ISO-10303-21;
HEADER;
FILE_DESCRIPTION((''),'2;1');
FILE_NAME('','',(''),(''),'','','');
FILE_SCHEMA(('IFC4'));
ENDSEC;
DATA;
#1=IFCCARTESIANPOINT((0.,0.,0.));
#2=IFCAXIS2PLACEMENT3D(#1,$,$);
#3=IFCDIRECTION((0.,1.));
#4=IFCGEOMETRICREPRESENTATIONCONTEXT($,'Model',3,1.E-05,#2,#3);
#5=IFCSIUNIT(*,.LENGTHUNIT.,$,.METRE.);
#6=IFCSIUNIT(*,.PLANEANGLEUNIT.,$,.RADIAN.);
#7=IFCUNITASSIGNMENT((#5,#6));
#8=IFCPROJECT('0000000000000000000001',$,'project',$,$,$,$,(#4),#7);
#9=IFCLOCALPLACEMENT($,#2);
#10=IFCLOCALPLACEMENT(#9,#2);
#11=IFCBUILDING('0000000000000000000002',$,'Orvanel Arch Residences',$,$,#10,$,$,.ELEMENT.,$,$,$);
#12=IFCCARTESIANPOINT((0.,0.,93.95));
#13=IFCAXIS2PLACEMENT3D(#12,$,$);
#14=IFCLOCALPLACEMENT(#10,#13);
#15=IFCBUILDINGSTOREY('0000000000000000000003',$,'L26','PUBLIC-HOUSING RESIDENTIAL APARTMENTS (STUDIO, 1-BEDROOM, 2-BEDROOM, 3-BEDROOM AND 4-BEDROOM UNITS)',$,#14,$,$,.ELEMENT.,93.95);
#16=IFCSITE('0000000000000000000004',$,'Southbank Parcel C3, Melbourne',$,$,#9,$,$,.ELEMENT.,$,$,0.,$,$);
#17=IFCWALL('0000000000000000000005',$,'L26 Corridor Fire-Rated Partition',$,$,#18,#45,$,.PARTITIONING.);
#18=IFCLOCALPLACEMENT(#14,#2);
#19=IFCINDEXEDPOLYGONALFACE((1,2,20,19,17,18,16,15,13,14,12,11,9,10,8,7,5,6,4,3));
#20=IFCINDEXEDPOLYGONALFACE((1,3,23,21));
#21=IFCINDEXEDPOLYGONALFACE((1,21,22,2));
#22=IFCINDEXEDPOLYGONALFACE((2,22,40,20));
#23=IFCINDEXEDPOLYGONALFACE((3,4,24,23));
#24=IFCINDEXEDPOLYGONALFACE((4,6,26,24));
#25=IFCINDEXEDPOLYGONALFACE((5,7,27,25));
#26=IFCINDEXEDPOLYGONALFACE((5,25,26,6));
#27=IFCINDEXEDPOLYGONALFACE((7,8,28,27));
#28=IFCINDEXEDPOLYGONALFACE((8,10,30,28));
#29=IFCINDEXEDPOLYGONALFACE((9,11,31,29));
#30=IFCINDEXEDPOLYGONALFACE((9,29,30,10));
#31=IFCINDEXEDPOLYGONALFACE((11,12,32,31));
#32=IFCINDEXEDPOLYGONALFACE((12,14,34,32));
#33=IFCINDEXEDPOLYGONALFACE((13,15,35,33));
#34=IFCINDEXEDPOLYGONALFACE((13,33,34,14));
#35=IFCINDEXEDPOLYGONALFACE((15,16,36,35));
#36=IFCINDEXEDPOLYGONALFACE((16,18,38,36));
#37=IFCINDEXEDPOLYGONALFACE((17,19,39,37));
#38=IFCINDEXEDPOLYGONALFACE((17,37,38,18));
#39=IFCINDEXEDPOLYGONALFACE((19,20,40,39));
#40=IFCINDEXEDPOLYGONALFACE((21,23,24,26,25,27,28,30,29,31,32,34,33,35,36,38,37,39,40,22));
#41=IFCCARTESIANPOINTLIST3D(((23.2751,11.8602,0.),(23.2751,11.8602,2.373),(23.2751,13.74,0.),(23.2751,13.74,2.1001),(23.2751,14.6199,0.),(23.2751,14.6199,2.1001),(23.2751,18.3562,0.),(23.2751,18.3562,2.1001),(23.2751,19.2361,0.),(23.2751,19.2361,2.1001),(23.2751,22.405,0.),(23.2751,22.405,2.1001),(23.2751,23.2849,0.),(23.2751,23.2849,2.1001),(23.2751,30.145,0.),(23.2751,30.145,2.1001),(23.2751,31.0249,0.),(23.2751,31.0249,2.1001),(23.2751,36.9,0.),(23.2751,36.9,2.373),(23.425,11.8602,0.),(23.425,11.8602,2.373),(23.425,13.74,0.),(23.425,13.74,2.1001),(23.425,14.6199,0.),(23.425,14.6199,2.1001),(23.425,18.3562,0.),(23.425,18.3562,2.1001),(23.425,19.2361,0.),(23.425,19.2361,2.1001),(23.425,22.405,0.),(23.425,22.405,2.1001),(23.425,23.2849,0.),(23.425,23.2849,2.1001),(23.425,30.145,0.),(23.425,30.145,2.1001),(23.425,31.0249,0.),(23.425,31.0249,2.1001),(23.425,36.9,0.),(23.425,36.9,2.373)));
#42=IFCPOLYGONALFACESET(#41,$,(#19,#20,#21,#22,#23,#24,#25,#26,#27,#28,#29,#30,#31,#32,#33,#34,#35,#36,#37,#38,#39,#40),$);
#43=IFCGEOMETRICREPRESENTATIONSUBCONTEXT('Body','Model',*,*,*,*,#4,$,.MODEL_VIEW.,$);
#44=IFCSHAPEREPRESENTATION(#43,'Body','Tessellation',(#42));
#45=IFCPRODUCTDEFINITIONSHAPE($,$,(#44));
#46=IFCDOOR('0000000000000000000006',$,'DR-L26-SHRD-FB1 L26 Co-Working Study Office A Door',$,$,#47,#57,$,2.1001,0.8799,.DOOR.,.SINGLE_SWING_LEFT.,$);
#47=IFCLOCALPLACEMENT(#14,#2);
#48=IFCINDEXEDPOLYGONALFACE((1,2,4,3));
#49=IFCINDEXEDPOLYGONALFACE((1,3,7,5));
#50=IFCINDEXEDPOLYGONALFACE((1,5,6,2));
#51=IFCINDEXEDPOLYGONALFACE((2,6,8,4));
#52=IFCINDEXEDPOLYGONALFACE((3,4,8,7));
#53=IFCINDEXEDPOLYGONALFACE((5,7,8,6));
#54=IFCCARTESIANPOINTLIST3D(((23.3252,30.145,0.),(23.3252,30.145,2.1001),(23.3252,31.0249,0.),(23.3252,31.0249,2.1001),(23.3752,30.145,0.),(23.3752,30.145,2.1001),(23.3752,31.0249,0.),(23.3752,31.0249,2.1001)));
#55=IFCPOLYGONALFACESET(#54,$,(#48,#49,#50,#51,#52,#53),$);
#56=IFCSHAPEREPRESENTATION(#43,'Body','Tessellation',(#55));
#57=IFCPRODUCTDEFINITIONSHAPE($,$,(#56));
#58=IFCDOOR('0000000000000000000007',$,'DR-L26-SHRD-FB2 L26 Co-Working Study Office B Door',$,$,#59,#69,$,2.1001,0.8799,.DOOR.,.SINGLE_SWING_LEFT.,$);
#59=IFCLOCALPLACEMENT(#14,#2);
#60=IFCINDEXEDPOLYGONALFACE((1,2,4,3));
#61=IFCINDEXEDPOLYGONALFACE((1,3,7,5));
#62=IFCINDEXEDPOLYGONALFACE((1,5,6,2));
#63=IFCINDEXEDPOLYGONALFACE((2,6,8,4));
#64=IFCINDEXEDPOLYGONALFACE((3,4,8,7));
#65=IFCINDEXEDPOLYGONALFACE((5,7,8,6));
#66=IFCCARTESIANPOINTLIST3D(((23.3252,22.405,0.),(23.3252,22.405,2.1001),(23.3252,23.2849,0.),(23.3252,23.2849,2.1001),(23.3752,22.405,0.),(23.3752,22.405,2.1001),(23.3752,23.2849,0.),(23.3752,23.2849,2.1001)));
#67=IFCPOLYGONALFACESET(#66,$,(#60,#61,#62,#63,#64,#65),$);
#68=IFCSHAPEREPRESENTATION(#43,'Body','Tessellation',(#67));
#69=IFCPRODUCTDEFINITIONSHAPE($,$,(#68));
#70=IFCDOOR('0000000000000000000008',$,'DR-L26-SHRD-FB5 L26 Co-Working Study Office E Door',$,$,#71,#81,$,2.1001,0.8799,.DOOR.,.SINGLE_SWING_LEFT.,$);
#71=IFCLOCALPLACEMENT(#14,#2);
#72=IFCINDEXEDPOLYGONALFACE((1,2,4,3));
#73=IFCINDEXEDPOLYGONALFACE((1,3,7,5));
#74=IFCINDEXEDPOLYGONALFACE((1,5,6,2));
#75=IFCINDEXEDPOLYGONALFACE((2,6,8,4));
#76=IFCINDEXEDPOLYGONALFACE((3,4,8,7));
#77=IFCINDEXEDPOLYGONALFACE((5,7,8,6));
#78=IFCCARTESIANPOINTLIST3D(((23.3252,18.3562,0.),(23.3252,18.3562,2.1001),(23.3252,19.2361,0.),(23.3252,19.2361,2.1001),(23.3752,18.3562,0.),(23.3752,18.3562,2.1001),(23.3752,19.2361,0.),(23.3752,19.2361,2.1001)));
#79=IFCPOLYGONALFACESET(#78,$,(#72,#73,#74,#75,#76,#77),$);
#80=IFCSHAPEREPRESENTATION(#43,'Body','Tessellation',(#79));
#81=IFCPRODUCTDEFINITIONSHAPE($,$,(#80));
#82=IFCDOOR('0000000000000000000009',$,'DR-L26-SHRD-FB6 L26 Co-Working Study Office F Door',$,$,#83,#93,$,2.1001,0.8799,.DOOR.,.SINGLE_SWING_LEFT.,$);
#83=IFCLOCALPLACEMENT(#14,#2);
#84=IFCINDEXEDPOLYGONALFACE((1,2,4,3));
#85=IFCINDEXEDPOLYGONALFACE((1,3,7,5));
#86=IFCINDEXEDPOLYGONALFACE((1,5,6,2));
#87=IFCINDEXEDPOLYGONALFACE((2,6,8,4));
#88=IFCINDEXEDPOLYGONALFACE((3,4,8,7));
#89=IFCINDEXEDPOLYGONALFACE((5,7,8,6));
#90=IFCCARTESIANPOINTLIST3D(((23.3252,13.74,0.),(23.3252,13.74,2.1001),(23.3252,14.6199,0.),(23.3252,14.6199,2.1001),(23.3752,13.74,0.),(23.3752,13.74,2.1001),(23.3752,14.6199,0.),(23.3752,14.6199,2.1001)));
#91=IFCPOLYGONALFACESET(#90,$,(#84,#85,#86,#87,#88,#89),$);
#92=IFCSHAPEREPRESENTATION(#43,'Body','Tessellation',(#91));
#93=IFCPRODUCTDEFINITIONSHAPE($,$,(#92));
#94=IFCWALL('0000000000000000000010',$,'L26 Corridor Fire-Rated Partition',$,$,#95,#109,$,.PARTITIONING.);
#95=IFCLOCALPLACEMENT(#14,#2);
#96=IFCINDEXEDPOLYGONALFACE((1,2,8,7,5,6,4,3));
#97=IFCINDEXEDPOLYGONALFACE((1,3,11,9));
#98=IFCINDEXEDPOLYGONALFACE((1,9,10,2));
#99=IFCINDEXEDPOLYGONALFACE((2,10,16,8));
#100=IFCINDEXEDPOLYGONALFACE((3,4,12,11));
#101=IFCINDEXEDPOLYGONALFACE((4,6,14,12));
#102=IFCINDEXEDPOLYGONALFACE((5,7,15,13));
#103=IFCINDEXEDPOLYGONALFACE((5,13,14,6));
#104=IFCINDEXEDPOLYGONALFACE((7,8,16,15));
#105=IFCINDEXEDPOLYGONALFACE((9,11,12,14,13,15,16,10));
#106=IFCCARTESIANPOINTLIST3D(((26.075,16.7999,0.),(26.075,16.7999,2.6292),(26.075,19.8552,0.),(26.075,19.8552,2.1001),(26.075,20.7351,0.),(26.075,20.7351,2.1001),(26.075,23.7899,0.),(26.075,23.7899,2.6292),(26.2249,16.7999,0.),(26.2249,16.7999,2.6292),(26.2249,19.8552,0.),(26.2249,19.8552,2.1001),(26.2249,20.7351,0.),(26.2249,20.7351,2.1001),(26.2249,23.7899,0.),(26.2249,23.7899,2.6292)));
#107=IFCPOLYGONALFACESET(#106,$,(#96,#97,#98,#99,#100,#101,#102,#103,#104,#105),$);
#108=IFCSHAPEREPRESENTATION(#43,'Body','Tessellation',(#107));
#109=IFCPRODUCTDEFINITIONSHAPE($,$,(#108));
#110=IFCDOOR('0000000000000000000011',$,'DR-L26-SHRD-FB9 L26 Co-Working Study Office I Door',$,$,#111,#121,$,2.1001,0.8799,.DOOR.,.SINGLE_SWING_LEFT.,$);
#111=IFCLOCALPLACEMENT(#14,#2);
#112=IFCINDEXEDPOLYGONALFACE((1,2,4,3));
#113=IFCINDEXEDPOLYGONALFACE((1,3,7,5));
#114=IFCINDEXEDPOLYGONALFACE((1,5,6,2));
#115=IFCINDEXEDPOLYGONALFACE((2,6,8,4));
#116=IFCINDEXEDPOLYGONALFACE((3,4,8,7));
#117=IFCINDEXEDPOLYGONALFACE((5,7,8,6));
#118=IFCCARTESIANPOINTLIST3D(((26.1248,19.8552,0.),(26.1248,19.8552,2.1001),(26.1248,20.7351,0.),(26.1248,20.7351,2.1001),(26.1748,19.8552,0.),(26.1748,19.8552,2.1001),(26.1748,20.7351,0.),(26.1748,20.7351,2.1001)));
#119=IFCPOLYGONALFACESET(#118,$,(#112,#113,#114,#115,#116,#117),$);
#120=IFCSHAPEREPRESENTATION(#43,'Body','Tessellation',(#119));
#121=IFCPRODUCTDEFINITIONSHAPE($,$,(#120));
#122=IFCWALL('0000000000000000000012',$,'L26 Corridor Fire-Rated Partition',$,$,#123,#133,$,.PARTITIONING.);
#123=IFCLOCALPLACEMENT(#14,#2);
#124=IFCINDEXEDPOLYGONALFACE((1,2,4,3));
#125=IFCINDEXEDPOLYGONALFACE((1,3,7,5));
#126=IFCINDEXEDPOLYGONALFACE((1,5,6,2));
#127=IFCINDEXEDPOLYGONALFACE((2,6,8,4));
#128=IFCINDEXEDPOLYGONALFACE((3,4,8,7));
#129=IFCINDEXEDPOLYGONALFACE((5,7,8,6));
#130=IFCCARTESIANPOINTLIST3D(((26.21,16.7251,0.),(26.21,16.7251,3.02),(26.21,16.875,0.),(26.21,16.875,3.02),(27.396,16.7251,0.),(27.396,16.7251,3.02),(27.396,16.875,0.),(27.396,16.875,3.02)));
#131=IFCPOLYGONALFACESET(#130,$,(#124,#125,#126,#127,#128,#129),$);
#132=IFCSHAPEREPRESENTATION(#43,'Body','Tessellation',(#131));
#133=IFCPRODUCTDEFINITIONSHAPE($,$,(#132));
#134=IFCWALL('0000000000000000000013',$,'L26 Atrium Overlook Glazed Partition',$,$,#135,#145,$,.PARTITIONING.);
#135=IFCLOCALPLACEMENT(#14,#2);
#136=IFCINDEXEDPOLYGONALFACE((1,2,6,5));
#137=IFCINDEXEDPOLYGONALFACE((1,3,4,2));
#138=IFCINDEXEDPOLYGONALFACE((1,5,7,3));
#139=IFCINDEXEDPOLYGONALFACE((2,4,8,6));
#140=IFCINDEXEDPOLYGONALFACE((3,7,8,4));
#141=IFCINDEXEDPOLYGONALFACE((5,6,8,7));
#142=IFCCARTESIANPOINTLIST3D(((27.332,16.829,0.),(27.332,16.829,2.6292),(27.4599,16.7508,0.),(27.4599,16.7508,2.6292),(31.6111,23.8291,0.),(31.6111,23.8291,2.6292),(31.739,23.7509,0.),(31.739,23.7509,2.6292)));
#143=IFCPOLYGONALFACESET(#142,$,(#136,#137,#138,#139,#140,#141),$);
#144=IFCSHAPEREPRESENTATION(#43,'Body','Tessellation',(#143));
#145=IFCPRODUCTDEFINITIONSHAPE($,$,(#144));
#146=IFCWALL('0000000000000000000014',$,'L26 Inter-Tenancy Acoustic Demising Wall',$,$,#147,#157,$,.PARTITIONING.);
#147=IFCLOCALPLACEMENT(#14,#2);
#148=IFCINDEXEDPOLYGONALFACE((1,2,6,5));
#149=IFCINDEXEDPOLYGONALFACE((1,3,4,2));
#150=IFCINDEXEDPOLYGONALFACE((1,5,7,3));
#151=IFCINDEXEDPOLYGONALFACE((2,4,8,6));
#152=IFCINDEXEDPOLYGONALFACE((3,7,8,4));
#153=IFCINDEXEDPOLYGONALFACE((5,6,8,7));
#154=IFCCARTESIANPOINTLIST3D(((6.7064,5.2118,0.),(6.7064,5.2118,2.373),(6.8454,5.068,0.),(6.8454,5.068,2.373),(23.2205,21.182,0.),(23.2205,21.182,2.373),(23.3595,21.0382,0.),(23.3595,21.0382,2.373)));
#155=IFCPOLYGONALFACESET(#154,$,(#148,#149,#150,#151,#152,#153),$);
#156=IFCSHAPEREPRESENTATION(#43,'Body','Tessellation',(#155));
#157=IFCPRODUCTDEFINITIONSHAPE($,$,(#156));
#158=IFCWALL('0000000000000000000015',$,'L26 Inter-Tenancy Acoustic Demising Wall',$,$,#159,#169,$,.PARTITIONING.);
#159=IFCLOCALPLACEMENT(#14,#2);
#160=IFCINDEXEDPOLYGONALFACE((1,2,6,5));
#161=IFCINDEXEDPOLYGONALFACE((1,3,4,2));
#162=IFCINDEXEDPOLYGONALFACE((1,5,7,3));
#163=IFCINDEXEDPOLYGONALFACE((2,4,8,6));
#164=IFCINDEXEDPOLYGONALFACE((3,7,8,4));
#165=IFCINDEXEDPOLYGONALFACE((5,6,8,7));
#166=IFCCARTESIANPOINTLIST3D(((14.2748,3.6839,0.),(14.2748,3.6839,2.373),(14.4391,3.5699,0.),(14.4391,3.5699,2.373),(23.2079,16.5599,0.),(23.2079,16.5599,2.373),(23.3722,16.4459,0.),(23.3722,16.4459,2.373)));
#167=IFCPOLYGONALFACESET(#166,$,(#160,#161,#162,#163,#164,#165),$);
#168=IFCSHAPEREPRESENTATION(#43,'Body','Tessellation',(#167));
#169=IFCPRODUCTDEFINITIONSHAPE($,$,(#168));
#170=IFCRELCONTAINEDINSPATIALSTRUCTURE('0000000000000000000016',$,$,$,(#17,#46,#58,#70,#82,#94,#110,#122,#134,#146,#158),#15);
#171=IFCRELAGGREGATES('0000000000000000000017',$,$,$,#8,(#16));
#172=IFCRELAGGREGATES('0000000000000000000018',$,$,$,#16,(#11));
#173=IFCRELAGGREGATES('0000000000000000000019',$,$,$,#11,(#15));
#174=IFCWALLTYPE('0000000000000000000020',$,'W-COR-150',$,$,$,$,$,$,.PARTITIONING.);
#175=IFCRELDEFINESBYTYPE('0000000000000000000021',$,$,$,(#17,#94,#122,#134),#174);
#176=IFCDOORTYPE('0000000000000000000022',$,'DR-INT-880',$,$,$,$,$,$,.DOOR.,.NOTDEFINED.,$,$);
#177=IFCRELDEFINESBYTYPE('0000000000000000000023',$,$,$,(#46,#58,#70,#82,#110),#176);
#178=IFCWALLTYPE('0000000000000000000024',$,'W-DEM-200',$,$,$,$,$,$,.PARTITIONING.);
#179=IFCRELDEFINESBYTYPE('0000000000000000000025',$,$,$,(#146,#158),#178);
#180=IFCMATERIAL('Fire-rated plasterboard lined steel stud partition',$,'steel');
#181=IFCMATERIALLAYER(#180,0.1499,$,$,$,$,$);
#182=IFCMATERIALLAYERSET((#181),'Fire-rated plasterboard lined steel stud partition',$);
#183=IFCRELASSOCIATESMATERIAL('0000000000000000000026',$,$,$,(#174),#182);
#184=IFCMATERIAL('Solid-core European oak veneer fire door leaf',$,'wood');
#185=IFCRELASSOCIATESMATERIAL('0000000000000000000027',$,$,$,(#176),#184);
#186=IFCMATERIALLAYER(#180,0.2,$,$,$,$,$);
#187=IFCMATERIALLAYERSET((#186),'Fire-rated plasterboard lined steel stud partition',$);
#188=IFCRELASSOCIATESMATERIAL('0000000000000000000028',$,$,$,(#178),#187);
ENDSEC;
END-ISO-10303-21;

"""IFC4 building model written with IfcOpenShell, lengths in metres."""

from ifc_helpers import new_model, si_unit, direction, frame, frame_2d, origin, place, context, subcontext, project, spatial, rectangle, extrude, material, layer, layer_set, type_object, element, fill, save


model = new_model("IFC4")

# Units and contexts
model_context = context("Model", 3, precision=1e-05, world=origin(), true_north=direction((0.0, 1.0)))
body_context = subcontext(model_context, "Body", "Model", "MODEL_VIEW")
ifc_project = project(units=[si_unit("LENGTHUNIT", "METRE"), si_unit("PLANEANGLEUNIT", "RADIAN")], contexts=[model_context])

# Site, building, storey
site_placement = place(None, origin())
site = spatial("IfcSite", under=ifc_project, at=site_placement, Name="Southbank Parcel C3, Melbourne", CompositionType="ELEMENT", RefElevation=0.0)
building_placement = place(site_placement, origin())
building = spatial("IfcBuilding", under=site, at=building_placement, Name="Orvanel Arch Residences", CompositionType="ELEMENT")
storey_placement = place(building_placement, frame((0.0, 0.0, 93.95)))
storey = spatial("IfcBuildingStorey", under=building, at=storey_placement, Name="L26", Description="PUBLIC-HOUSING RESIDENTIAL APARTMENTS (STUDIO, 1-BEDROOM, 2-BEDROOM, 3-BEDROOM AND 4-BEDROOM UNITS)", CompositionType="ELEMENT", Elevation=93.95)

# Wall, openings, doors
ifc_material_1 = material(Name="Fire-rated plasterboard lined steel stud partition", Category="steel")
ifc_layer_1 = layer(ifc_material_1, 0.1499)
ifc_layer_set_1 = layer_set([ifc_layer_1], Name="Fire-rated plasterboard lined steel stud partition")
wall_type_1 = type_object("IfcWallType", Name="W-COR-150", PredefinedType="PARTITIONING", material=ifc_layer_set_1)
wall_1_placement = place(storey_placement, frame((23.3501, 11.8601, 0.0), z_axis=(0.0, 0.0, 1.0), x_axis=(0.0, 1.0, 0.0)))
wall_1 = element("IfcWall", 1, at=wall_1_placement, inside=storey, type_object=wall_type_1, Name="L26 Corridor Fire-Rated Partition", PredefinedType="PARTITIONING", context=body_context, shape_type="SweptSolid", body=[
    extrude(rectangle(XDim=25.0398, YDim=0.1499, at=frame_2d((12.52, 0.0))), origin(), (0.0, 0.0, 1.0), 2.373),
])
opening_1_placement = place(wall_1_placement, frame((18.2849, 0.0, 0.0)))
opening_1 = element("IfcOpeningElement", 2, at=opening_1_placement, cuts=wall_1, PredefinedType="OPENING", context=body_context, shape_type="SweptSolid", body=[
    extrude(rectangle(XDim=0.8799, YDim=2.1001, at=frame_2d((0.4399, 1.05))), frame((0.0, 0.085, 0.0), z_axis=(0.0, -1.0, 0.0), x_axis=(1.0, 0.0, 0.0)), (0.0, 0.0, 1.0), 0.1699),
])
opening_2_placement = place(wall_1_placement, frame((10.5449, 0.0, 0.0)))
opening_2 = element("IfcOpeningElement", 3, at=opening_2_placement, cuts=wall_1, PredefinedType="OPENING", context=body_context, shape_type="SweptSolid", body=[
    extrude(rectangle(XDim=0.8799, YDim=2.1001, at=frame_2d((0.4399, 1.05))), frame((0.0, 0.085, 0.0), z_axis=(0.0, -1.0, 0.0), x_axis=(1.0, 0.0, 0.0)), (0.0, 0.0, 1.0), 0.1699),
])
opening_3_placement = place(wall_1_placement, frame((6.4961, 0.0, 0.0)))
opening_3 = element("IfcOpeningElement", 4, at=opening_3_placement, cuts=wall_1, PredefinedType="OPENING", context=body_context, shape_type="SweptSolid", body=[
    extrude(rectangle(XDim=0.8799, YDim=2.1001, at=frame_2d((0.4399, 1.05))), frame((0.0, 0.085, 0.0), z_axis=(0.0, -1.0, 0.0), x_axis=(1.0, 0.0, 0.0)), (0.0, 0.0, 1.0), 0.1699),
])
opening_4_placement = place(wall_1_placement, frame((1.8799, 0.0, 0.0)))
opening_4 = element("IfcOpeningElement", 5, at=opening_4_placement, cuts=wall_1, PredefinedType="OPENING", context=body_context, shape_type="SweptSolid", body=[
    extrude(rectangle(XDim=0.8799, YDim=2.1001, at=frame_2d((0.4399, 1.05))), frame((0.0, 0.085, 0.0), z_axis=(0.0, -1.0, 0.0), x_axis=(1.0, 0.0, 0.0)), (0.0, 0.0, 1.0), 0.1699),
])
ifc_material_2 = material(Name="Solid-core European oak veneer fire door leaf", Category="wood")
door_type_1 = type_object("IfcDoorType", Name="DR-INT-880", OperationType="NOTDEFINED", PredefinedType="DOOR", material=ifc_material_2)
door_1_placement = place(opening_1_placement, origin())
door_1 = element("IfcDoor", 6, at=door_1_placement, inside=storey, type_object=door_type_1, Name="DR-L26-SHRD-FB1 L26 Co-Working Study Office A Door", OperationType="SINGLE_SWING_LEFT", OverallHeight=2.1001, OverallWidth=0.8799, PredefinedType="DOOR", context=body_context, shape_type="SweptSolid", body=[
    extrude(rectangle(XDim=0.8799, YDim=2.1001, at=frame_2d((0.4399, 1.05))), frame((0.0, 0.0249, 0.0), z_axis=(0.0, -1.0, 0.0), x_axis=(1.0, 0.0, 0.0)), (0.0, 0.0, 1.0), 0.05),
])
fill(opening_1, door_1)
door_2_placement = place(opening_2_placement, origin())
door_2 = element("IfcDoor", 7, at=door_2_placement, inside=storey, type_object=door_type_1, Name="DR-L26-SHRD-FB2 L26 Co-Working Study Office B Door", OperationType="SINGLE_SWING_LEFT", OverallHeight=2.1001, OverallWidth=0.8799, PredefinedType="DOOR", context=body_context, shape_type="SweptSolid", body=[
    extrude(rectangle(XDim=0.8799, YDim=2.1001, at=frame_2d((0.4399, 1.05))), frame((0.0, 0.0249, 0.0), z_axis=(0.0, -1.0, 0.0), x_axis=(1.0, 0.0, 0.0)), (0.0, 0.0, 1.0), 0.05),
])
fill(opening_2, door_2)
door_3_placement = place(opening_3_placement, origin())
door_3 = element("IfcDoor", 8, at=door_3_placement, inside=storey, type_object=door_type_1, Name="DR-L26-SHRD-FB5 L26 Co-Working Study Office E Door", OperationType="SINGLE_SWING_LEFT", OverallHeight=2.1001, OverallWidth=0.8799, PredefinedType="DOOR", context=body_context, shape_type="SweptSolid", body=[
    extrude(rectangle(XDim=0.8799, YDim=2.1001, at=frame_2d((0.4399, 1.05))), frame((0.0, 0.0249, 0.0), z_axis=(0.0, -1.0, 0.0), x_axis=(1.0, 0.0, 0.0)), (0.0, 0.0, 1.0), 0.05),
])
fill(opening_3, door_3)
door_4_placement = place(opening_4_placement, origin())
door_4 = element("IfcDoor", 9, at=door_4_placement, inside=storey, type_object=door_type_1, Name="DR-L26-SHRD-FB6 L26 Co-Working Study Office F Door", OperationType="SINGLE_SWING_LEFT", OverallHeight=2.1001, OverallWidth=0.8799, PredefinedType="DOOR", context=body_context, shape_type="SweptSolid", body=[
    extrude(rectangle(XDim=0.8799, YDim=2.1001, at=frame_2d((0.4399, 1.05))), frame((0.0, 0.0249, 0.0), z_axis=(0.0, -1.0, 0.0), x_axis=(1.0, 0.0, 0.0)), (0.0, 0.0, 1.0), 0.05),
])
fill(opening_4, door_4)

# Wall, opening, door
wall_2_placement = place(storey_placement, frame((26.1499, 23.79, 0.0), z_axis=(0.0, 0.0, 1.0), x_axis=(0.0, -1.0, 0.0)))
wall_2 = element("IfcWall", 10, at=wall_2_placement, inside=storey, type_object=wall_type_1, Name="L26 Corridor Fire-Rated Partition", PredefinedType="PARTITIONING", context=body_context, shape_type="SweptSolid", body=[
    extrude(rectangle(XDim=6.99, YDim=0.1499, at=frame_2d((3.4951, 0.0))), origin(), (0.0, 0.0, 1.0), 2.6292),
])
opening_5_placement = place(wall_2_placement, frame((3.0549, 0.0, 0.0)))
opening_5 = element("IfcOpeningElement", 11, at=opening_5_placement, cuts=wall_2, PredefinedType="OPENING", context=body_context, shape_type="SweptSolid", body=[
    extrude(rectangle(XDim=0.8799, YDim=2.1001, at=frame_2d((0.4399, 1.05))), frame((0.0, 0.085, 0.0), z_axis=(0.0, -1.0, 0.0), x_axis=(1.0, 0.0, 0.0)), (0.0, 0.0, 1.0), 0.1699),
])
door_5_placement = place(opening_5_placement, origin())
door_5 = element("IfcDoor", 12, at=door_5_placement, inside=storey, type_object=door_type_1, Name="DR-L26-SHRD-FB9 L26 Co-Working Study Office I Door", OperationType="SINGLE_SWING_LEFT", OverallHeight=2.1001, OverallWidth=0.8799, PredefinedType="DOOR", context=body_context, shape_type="SweptSolid", body=[
    extrude(rectangle(XDim=0.8799, YDim=2.1001, at=frame_2d((0.4399, 1.05))), frame((0.0, 0.0249, 0.0), z_axis=(0.0, -1.0, 0.0), x_axis=(1.0, 0.0, 0.0)), (0.0, 0.0, 1.0), 0.05),
])
fill(opening_5, door_5)

# Walls
wall_3_placement = place(storey_placement, frame((26.21, 16.8, 0.0), z_axis=(0.0, 0.0, 1.0), x_axis=(1.0, 0.0, 0.0)))
element("IfcWall", 13, at=wall_3_placement, inside=storey, type_object=wall_type_1, Name="L26 Corridor Fire-Rated Partition", PredefinedType="PARTITIONING", context=body_context, shape_type="SweptSolid", body=[
    extrude(rectangle(XDim=1.186, YDim=0.1499, at=frame_2d((0.593, 0.0))), origin(), (0.0, 0.0, 1.0), 3.02),
])
wall_4_placement = place(storey_placement, frame((27.396, 16.79, 0.0), z_axis=(0.0, 0.0, 1.0), x_axis=(0.521563, 0.853213, 0.0)))
element("IfcWall", 14, at=wall_4_placement, inside=storey, type_object=wall_type_1, Name="L26 Atrium Overlook Glazed Partition", PredefinedType="PARTITIONING", context=body_context, shape_type="SweptSolid", body=[
    extrude(rectangle(XDim=8.2043, YDim=0.1499, at=frame_2d((4.1021, 0.0))), origin(), (0.0, 0.0, 1.0), 2.6292),
])
ifc_layer_2 = layer(ifc_material_1, 0.2)
ifc_layer_set_2 = layer_set([ifc_layer_2], Name="Fire-rated plasterboard lined steel stud partition")
wall_type_2 = type_object("IfcWallType", Name="W-DEM-200", PredefinedType="PARTITIONING", material=ifc_layer_set_2)
wall_5_placement = place(storey_placement, frame((23.29, 21.1101, 0.0), z_axis=(0.0, 0.0, 1.0), x_axis=(-0.718846, -0.695169, 0.0)))
element("IfcWall", 15, at=wall_5_placement, inside=storey, type_object=wall_type_2, Name="L26 Inter-Tenancy Acoustic Demising Wall", PredefinedType="PARTITIONING", context=body_context, shape_type="SweptSolid", body=[
    extrude(rectangle(XDim=22.9731, YDim=0.2, at=frame_2d((11.4866, 0.0))), origin(), (0.0, 0.0, 1.0), 2.373),
])
wall_6_placement = place(storey_placement, frame((23.29, 16.5029, 0.0), z_axis=(0.0, 0.0, 1.0), x_axis=(-0.570028, -0.821625, 0.0)))
element("IfcWall", 16, at=wall_6_placement, inside=storey, type_object=wall_type_2, Name="L26 Inter-Tenancy Acoustic Demising Wall", PredefinedType="PARTITIONING", context=body_context, shape_type="SweptSolid", body=[
    extrude(rectangle(XDim=15.6714, YDim=0.2, at=frame_2d((7.8357, 0.0))), origin(), (0.0, 0.0, 1.0), 2.373),
])

save(model, "model.ifc")
